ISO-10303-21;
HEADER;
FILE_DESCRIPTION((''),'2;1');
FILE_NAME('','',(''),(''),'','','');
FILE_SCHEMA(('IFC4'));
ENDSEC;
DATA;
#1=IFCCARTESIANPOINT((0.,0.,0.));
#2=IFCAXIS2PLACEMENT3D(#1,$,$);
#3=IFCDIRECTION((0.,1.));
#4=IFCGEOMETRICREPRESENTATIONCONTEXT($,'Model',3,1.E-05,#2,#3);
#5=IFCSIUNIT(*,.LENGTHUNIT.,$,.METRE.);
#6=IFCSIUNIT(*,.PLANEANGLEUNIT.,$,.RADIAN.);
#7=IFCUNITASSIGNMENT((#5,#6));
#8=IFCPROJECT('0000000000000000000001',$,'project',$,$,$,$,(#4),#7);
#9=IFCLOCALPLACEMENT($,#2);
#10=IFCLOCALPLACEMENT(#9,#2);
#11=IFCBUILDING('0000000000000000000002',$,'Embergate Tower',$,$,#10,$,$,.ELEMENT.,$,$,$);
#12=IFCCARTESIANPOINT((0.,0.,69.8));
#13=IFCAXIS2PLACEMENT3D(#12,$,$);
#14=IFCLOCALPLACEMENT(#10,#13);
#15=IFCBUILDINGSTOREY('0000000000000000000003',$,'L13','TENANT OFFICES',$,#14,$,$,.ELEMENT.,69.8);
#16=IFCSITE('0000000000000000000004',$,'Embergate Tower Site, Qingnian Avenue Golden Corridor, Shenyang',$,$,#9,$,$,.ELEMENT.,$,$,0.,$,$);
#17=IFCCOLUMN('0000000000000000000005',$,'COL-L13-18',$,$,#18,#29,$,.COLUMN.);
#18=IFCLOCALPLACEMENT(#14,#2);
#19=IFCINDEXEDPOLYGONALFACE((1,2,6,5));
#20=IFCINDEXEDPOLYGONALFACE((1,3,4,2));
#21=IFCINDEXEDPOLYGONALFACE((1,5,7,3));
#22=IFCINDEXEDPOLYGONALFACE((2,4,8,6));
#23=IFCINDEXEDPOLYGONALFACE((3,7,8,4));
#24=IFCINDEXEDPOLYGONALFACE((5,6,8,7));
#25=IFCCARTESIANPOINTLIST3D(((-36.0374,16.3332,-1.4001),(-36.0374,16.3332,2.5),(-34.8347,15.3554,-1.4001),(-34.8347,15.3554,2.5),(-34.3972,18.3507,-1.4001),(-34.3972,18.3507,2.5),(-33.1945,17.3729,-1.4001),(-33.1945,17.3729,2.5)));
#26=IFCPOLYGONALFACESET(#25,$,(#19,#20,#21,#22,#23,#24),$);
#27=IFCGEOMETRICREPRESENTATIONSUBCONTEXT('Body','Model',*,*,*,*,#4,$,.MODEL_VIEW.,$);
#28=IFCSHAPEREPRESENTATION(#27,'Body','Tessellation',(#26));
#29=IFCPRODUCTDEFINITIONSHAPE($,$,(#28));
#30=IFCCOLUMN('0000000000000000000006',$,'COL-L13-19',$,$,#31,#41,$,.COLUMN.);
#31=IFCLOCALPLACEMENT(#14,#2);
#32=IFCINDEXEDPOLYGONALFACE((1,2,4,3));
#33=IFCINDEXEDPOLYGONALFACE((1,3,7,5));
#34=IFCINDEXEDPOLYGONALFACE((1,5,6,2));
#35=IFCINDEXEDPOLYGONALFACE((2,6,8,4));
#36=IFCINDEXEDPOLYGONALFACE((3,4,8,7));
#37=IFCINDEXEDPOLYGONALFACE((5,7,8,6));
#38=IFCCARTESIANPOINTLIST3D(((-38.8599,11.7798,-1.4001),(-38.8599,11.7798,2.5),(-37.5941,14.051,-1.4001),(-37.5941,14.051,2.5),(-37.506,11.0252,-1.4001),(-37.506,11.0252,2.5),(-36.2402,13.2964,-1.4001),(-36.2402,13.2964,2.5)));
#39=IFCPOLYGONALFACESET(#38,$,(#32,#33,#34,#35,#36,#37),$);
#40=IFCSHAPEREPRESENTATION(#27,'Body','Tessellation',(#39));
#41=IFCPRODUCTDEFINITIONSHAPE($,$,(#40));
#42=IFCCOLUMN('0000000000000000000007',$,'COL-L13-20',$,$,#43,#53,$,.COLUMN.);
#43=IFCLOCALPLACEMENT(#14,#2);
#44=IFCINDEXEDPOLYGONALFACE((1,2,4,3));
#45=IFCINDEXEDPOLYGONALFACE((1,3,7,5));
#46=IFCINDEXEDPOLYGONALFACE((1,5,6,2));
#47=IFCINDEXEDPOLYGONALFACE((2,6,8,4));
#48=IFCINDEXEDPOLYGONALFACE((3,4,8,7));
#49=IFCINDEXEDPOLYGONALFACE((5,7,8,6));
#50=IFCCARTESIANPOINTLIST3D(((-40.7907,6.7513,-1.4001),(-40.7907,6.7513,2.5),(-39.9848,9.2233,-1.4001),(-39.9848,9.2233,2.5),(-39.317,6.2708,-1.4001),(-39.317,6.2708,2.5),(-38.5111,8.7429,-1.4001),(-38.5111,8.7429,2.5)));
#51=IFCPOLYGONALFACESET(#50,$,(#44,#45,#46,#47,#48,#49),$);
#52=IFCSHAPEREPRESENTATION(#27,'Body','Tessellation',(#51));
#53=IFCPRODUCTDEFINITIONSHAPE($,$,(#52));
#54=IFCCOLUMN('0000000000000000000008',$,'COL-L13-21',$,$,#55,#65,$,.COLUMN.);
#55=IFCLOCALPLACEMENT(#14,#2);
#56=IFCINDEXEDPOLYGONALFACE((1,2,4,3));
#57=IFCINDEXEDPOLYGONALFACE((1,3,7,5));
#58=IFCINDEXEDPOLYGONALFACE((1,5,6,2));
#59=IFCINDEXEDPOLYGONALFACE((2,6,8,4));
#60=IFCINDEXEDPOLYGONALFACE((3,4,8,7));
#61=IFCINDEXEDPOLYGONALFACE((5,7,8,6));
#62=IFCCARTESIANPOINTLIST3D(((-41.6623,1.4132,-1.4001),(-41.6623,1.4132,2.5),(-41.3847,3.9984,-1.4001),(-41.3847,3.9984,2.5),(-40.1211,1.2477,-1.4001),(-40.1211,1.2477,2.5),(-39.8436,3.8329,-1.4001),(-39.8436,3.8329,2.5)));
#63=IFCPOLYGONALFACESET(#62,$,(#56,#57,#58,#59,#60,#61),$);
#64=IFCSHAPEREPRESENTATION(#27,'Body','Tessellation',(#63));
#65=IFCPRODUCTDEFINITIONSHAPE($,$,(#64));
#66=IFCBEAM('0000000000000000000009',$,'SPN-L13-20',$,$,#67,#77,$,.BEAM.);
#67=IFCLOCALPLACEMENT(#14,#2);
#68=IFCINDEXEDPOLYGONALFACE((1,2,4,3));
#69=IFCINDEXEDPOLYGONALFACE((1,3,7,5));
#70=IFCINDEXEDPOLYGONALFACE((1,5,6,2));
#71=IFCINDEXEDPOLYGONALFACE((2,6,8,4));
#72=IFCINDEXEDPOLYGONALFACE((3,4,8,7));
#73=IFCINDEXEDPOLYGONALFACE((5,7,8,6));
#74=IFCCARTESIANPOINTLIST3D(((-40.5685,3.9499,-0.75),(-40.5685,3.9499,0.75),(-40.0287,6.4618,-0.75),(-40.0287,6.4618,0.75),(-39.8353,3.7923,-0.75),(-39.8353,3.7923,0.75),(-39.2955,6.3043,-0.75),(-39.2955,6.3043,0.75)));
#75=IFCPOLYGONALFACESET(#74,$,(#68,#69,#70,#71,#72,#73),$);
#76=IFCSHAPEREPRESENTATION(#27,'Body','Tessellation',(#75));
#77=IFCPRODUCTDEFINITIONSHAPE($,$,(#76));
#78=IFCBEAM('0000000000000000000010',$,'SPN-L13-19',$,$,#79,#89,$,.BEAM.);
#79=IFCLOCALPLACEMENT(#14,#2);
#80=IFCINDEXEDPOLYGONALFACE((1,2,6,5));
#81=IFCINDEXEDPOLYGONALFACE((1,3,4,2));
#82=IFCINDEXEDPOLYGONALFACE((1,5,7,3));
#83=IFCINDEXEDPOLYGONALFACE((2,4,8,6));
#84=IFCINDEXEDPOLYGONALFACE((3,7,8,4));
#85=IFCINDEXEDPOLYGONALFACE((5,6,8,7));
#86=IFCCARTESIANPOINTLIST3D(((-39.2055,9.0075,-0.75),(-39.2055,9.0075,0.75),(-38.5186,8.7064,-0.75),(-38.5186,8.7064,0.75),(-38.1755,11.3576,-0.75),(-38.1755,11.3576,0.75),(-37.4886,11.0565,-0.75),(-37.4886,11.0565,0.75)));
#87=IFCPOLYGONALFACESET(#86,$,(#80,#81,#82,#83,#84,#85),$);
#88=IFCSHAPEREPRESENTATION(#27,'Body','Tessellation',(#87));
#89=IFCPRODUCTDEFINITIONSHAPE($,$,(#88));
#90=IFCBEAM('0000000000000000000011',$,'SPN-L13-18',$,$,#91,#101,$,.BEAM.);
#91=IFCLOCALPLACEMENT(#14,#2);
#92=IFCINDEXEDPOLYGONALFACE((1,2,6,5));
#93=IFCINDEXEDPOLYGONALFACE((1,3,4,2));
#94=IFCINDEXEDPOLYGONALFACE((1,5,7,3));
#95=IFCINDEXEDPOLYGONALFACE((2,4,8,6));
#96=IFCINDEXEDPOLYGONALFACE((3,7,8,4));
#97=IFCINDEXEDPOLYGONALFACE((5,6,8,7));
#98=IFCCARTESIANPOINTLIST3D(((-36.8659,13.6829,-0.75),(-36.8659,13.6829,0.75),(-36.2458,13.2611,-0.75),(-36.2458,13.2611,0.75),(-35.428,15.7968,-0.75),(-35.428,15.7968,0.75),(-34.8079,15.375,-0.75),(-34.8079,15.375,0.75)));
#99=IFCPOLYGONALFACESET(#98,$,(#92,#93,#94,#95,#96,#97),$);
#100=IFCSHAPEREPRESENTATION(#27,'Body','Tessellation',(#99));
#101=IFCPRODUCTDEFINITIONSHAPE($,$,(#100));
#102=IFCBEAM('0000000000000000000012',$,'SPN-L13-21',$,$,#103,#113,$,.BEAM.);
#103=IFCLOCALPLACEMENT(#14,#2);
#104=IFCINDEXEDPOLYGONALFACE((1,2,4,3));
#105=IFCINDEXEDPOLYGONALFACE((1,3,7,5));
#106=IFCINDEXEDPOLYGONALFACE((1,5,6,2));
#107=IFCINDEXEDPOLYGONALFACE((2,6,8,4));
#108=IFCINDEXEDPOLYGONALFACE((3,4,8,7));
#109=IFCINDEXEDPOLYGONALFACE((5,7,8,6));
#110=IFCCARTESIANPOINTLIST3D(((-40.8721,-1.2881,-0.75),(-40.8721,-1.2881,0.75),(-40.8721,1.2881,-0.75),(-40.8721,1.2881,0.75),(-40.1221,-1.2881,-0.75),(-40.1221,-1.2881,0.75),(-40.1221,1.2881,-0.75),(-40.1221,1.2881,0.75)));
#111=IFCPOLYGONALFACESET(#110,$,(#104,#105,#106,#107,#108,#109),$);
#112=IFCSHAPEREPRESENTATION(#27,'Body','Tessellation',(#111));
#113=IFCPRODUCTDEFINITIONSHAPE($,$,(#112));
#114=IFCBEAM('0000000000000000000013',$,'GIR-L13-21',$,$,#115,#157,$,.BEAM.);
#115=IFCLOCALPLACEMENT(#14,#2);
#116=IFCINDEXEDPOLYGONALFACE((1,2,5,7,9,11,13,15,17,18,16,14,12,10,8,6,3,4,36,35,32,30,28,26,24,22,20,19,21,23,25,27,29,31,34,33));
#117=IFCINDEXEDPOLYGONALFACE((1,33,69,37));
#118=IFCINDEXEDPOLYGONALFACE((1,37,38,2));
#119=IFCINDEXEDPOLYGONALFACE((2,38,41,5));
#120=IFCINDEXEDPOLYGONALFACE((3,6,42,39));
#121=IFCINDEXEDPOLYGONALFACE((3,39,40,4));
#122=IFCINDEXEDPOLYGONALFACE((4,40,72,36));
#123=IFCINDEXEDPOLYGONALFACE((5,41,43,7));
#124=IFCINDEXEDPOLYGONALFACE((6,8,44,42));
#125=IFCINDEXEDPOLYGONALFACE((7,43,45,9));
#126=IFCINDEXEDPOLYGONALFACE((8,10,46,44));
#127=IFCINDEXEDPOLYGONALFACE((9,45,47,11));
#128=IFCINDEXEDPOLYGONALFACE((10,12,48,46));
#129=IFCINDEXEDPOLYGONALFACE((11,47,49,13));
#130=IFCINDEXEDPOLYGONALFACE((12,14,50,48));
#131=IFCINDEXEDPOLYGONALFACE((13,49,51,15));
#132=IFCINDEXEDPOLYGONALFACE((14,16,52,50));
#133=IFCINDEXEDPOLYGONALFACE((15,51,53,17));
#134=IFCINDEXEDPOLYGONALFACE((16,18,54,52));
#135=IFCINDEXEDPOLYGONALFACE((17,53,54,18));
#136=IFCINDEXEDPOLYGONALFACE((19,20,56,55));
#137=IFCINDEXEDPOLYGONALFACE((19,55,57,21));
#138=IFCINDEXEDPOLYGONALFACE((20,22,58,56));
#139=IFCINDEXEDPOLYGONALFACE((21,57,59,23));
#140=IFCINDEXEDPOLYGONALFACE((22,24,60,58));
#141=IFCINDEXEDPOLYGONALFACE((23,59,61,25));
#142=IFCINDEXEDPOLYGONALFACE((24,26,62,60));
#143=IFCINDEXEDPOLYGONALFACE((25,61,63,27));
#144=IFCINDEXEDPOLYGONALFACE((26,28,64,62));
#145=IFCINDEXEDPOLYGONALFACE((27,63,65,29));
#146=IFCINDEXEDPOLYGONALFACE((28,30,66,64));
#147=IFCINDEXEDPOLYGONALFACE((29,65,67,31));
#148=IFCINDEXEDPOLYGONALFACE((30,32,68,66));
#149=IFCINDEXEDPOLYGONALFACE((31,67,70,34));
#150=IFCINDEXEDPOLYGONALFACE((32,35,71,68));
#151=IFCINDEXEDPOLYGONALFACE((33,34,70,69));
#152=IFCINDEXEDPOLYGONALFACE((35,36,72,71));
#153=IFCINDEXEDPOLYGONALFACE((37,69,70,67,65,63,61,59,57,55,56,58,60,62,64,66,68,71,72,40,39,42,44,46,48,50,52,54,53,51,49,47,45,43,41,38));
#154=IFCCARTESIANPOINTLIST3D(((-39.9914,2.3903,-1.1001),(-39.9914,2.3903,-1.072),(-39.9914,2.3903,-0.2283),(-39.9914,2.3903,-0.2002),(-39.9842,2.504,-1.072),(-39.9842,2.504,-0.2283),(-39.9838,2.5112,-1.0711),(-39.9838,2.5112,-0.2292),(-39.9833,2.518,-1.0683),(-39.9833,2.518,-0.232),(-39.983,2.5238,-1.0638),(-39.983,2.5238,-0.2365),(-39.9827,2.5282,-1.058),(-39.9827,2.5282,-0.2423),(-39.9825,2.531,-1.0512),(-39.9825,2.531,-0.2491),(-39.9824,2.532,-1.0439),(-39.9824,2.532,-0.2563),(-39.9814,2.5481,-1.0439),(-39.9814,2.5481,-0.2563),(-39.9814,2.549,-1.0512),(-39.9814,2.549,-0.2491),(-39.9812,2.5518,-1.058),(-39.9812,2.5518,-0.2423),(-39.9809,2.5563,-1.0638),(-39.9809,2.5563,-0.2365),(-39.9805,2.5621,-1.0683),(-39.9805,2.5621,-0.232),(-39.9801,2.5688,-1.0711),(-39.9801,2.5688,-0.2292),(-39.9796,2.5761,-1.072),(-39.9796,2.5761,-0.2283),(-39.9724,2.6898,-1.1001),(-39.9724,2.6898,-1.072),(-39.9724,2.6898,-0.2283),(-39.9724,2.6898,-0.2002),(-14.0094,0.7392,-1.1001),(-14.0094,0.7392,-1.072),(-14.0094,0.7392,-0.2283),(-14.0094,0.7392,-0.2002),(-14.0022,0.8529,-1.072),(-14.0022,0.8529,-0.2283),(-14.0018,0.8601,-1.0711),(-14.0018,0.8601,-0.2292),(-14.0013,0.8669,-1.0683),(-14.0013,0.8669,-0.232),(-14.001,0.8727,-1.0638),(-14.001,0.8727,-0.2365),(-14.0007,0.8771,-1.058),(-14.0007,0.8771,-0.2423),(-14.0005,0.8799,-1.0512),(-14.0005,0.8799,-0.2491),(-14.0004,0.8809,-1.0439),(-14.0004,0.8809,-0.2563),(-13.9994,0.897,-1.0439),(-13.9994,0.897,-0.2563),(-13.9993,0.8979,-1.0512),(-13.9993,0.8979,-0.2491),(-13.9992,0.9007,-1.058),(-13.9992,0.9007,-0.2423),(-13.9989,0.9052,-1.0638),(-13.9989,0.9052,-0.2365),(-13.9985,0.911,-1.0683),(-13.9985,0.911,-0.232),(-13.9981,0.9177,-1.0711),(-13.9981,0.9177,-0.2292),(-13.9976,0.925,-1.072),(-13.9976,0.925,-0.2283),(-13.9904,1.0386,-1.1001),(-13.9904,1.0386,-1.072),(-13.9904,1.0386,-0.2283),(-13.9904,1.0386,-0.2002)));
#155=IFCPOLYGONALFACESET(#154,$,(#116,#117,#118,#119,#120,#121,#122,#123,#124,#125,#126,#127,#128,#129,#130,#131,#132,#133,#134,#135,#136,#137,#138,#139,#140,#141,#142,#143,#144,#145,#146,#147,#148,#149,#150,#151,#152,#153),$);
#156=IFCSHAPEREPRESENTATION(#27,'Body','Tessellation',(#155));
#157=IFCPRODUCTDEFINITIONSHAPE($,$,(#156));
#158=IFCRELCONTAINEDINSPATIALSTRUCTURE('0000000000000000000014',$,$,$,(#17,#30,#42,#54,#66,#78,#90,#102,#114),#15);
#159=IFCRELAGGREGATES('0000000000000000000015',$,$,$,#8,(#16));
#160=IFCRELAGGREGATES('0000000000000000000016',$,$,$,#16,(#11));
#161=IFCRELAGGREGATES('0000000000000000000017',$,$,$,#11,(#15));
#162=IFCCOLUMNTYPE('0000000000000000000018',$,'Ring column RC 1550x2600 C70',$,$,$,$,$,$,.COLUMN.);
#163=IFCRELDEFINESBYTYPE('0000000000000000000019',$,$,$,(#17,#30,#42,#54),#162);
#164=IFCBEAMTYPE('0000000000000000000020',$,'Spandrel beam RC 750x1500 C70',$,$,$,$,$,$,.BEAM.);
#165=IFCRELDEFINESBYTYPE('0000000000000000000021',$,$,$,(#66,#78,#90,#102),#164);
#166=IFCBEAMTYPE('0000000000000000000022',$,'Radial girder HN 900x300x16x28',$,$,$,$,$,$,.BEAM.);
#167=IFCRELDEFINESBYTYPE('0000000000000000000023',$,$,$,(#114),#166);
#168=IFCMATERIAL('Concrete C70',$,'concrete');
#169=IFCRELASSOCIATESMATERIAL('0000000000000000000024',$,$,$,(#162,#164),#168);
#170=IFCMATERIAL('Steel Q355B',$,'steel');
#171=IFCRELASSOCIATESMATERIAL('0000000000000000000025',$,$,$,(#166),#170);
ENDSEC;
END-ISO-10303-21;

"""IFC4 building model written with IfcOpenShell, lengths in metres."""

from ifc_helpers import new_model, si_unit, direction, frame, origin, origin_2d, place, context, subcontext, project, spatial, rectangle, i_section, extrude, source, transform, mapped, material, material_profile, profile_set, type_object, element, save


model = new_model("IFC4")

# Units and contexts
model_context = context("Model", 3, precision=1e-05, world=origin(), true_north=direction((0.0, 1.0)))
body_context = subcontext(model_context, "Body", "Model", "MODEL_VIEW")
ifc_project = project(units=[si_unit("LENGTHUNIT", "METRE"), si_unit("PLANEANGLEUNIT", "RADIAN")], contexts=[model_context])

# Site, building, storey
site_placement = place(None, origin())
site = spatial("IfcSite", under=ifc_project, at=site_placement, Name="Embergate Tower Site, Qingnian Avenue Golden Corridor, Shenyang", CompositionType="ELEMENT", RefElevation=0.0)
building_placement = place(site_placement, origin())
building = spatial("IfcBuilding", under=site, at=building_placement, Name="Embergate Tower", CompositionType="ELEMENT")
storey_placement = place(building_placement, frame((0.0, 0.0, 69.8)))
storey = spatial("IfcBuildingStorey", under=building, at=storey_placement, Name="L13", Description="TENANT OFFICES", CompositionType="ELEMENT", Elevation=69.8)

# Columns
ifc_material_1 = material(Name="Concrete C70", Category="concrete")
ifc_material_profile_1 = material_profile(ifc_material_1, rectangle(XDim=1.55, YDim=2.6001, at=origin_2d()), Name="RC 1550x2600")
ifc_profile_set_1 = profile_set([ifc_material_profile_1], Name="Concrete C70")
column_type = type_object("IfcColumnType", Name="Ring column RC 1550x2600 C70", PredefinedType="COLUMN", material=ifc_profile_set_1)
shared_shape_1 = source(origin(), body_context, "Body", "SweptSolid", [
    extrude(rectangle(XDim=1.55, YDim=2.6001, at=origin_2d()), origin(), (0.0, 0.0, 1.0), 3.9001),
])
for number, where, z_axis, x_axis, name in (
    (1, (-34.616, 16.853, -1.4001), (0.0, 0.0, 1.0), (-0.775925, 0.630825, 0.0), "COL-L13-18"),
    (2, (-37.55, 12.5381, -1.4001), (0.0, 0.0, 1.0), (-0.8735, 0.486823, 0.0), "COL-L13-19"),
    (3, (-39.6509, 7.7471, -1.4001), (0.0, 0.0, 1.0), (-0.950754, 0.309946, 0.0), "COL-L13-20"),
    (4, (-40.7529, 2.623, -1.4001), (0.0, 0.0, 1.0), (-0.994286, 0.10675, 0.0), "COL-L13-21"),
):
    element("IfcColumn", number, at=place(storey_placement, frame(where, z_axis=z_axis, x_axis=x_axis)), inside=storey, type_object=column_type, Name=name, PredefinedType="COLUMN", context=body_context, shape_type="MappedRepresentation", body=[
        mapped(shared_shape_1, transform((0.0, 0.0, 0.0))),
    ])

# Beams
ifc_material_profile_2 = material_profile(ifc_material_1, rectangle(XDim=0.75, YDim=1.5, at=origin_2d()), Name="RC 750x1500")
ifc_profile_set_2 = profile_set([ifc_material_profile_2], Name="Concrete C70")
beam_type_1 = type_object("IfcBeamType", Name="Spandrel beam RC 750x1500 C70", PredefinedType="BEAM", material=ifc_profile_set_2)
shared_shape_2 = source(origin(), body_context, "Body", "SweptSolid", [
    extrude(rectangle(XDim=0.75, YDim=1.5, at=origin_2d()), origin(), (0.0, 0.0, 1.0), 2.5693),
])
beam_1_placement = place(storey_placement, frame((-39.6621, 6.3831, 0.0), z_axis=(-0.210094, -0.977681, 0.0), x_axis=(0.977681, -0.210094, 0.0)))
element("IfcBeam", 5, at=beam_1_placement, inside=storey, type_object=beam_type_1, Name="SPN-L13-20", PredefinedType="BEAM", context=body_context, shape_type="MappedRepresentation", body=[
    mapped(shared_shape_2, transform((0.0, 0.0, 0.0))),
])
shared_shape_3 = source(origin(), body_context, "Body", "SweptSolid", [
    extrude(rectangle(XDim=0.75, YDim=1.5, at=origin_2d()), origin(), (0.0, 0.0, 1.0), 2.5659),
])
beam_2_placement = place(storey_placement, frame((-37.832, 11.207, 0.0), z_axis=(-0.401428, -0.915891, 0.0), x_axis=(0.915891, -0.401428, 0.0)))
element("IfcBeam", 6, at=beam_2_placement, inside=storey, type_object=beam_type_1, Name="SPN-L13-19", PredefinedType="BEAM", context=body_context, shape_type="MappedRepresentation", body=[
    mapped(shared_shape_3, transform((0.0, 0.0, 0.0))),
])
shared_shape_4 = source(origin(), body_context, "Body", "SweptSolid", [
    extrude(rectangle(XDim=0.75, YDim=1.5, at=origin_2d()), origin(), (0.0, 0.0, 1.0), 2.5566),
])
beam_3_placement = place(storey_placement, frame((-35.1179, 15.5859, 0.0), z_axis=(-0.562433, -0.826843, 0.0), x_axis=(0.826843, -0.562433, 0.0)))
element("IfcBeam", 7, at=beam_3_placement, inside=storey, type_object=beam_type_1, Name="SPN-L13-18", PredefinedType="BEAM", context=body_context, shape_type="MappedRepresentation", body=[
    mapped(shared_shape_4, transform((0.0, 0.0, 0.0))),
])
shared_shape_5 = source(origin(), body_context, "Body", "SweptSolid", [
    extrude(rectangle(XDim=0.75, YDim=1.5, at=origin_2d()), origin(), (0.0, 0.0, 1.0), 2.5762),
])
beam_4_placement = place(storey_placement, frame((-40.4971, 1.2881, 0.0), z_axis=(0.0, -1.0, 0.0), x_axis=(1.0, 0.0, 0.0)))
element("IfcBeam", 8, at=beam_4_placement, inside=storey, type_object=beam_type_1, Name="SPN-L13-21", PredefinedType="BEAM", context=body_context, shape_type="MappedRepresentation", body=[
    mapped(shared_shape_5, transform((0.0, 0.0, 0.0))),
])
ifc_material_2 = material(Name="Steel Q355B", Category="steel")
ifc_material_profile_3 = material_profile(ifc_material_2, i_section(OverallWidth=0.3, OverallDepth=0.8999, WebThickness=0.0161, FlangeThickness=0.0281, FilletRadius=0.0281, at=origin_2d()), Name="HN 900x300x16x28")
ifc_profile_set_3 = profile_set([ifc_material_profile_3], Name="Steel Q355 grade B")
beam_type_2 = type_object("IfcBeamType", Name="Radial girder HN 900x300x16x28", PredefinedType="BEAM", material=ifc_profile_set_3)
shared_shape_6 = source(origin(), body_context, "Body", "SweptSolid", [
    extrude(i_section(OverallWidth=0.3, OverallDepth=0.8999, WebThickness=0.0161, FlangeThickness=0.0281, FilletRadius=0.0281, at=origin_2d()), origin(), (0.0, 0.0, 1.0), 26.0344),
])
beam_5_placement = place(storey_placement, frame((-39.9819, 2.54, -0.6501), z_axis=(0.997987, -0.063421, 0.0), x_axis=(0.063421, 0.997987, 0.0)))
element("IfcBeam", 9, at=beam_5_placement, inside=storey, type_object=beam_type_2, Name="GIR-L13-21", PredefinedType="BEAM", context=body_context, shape_type="MappedRepresentation", body=[
    mapped(shared_shape_6, transform((0.0, 0.0, 0.0))),
])

save(model, "model.ifc")
